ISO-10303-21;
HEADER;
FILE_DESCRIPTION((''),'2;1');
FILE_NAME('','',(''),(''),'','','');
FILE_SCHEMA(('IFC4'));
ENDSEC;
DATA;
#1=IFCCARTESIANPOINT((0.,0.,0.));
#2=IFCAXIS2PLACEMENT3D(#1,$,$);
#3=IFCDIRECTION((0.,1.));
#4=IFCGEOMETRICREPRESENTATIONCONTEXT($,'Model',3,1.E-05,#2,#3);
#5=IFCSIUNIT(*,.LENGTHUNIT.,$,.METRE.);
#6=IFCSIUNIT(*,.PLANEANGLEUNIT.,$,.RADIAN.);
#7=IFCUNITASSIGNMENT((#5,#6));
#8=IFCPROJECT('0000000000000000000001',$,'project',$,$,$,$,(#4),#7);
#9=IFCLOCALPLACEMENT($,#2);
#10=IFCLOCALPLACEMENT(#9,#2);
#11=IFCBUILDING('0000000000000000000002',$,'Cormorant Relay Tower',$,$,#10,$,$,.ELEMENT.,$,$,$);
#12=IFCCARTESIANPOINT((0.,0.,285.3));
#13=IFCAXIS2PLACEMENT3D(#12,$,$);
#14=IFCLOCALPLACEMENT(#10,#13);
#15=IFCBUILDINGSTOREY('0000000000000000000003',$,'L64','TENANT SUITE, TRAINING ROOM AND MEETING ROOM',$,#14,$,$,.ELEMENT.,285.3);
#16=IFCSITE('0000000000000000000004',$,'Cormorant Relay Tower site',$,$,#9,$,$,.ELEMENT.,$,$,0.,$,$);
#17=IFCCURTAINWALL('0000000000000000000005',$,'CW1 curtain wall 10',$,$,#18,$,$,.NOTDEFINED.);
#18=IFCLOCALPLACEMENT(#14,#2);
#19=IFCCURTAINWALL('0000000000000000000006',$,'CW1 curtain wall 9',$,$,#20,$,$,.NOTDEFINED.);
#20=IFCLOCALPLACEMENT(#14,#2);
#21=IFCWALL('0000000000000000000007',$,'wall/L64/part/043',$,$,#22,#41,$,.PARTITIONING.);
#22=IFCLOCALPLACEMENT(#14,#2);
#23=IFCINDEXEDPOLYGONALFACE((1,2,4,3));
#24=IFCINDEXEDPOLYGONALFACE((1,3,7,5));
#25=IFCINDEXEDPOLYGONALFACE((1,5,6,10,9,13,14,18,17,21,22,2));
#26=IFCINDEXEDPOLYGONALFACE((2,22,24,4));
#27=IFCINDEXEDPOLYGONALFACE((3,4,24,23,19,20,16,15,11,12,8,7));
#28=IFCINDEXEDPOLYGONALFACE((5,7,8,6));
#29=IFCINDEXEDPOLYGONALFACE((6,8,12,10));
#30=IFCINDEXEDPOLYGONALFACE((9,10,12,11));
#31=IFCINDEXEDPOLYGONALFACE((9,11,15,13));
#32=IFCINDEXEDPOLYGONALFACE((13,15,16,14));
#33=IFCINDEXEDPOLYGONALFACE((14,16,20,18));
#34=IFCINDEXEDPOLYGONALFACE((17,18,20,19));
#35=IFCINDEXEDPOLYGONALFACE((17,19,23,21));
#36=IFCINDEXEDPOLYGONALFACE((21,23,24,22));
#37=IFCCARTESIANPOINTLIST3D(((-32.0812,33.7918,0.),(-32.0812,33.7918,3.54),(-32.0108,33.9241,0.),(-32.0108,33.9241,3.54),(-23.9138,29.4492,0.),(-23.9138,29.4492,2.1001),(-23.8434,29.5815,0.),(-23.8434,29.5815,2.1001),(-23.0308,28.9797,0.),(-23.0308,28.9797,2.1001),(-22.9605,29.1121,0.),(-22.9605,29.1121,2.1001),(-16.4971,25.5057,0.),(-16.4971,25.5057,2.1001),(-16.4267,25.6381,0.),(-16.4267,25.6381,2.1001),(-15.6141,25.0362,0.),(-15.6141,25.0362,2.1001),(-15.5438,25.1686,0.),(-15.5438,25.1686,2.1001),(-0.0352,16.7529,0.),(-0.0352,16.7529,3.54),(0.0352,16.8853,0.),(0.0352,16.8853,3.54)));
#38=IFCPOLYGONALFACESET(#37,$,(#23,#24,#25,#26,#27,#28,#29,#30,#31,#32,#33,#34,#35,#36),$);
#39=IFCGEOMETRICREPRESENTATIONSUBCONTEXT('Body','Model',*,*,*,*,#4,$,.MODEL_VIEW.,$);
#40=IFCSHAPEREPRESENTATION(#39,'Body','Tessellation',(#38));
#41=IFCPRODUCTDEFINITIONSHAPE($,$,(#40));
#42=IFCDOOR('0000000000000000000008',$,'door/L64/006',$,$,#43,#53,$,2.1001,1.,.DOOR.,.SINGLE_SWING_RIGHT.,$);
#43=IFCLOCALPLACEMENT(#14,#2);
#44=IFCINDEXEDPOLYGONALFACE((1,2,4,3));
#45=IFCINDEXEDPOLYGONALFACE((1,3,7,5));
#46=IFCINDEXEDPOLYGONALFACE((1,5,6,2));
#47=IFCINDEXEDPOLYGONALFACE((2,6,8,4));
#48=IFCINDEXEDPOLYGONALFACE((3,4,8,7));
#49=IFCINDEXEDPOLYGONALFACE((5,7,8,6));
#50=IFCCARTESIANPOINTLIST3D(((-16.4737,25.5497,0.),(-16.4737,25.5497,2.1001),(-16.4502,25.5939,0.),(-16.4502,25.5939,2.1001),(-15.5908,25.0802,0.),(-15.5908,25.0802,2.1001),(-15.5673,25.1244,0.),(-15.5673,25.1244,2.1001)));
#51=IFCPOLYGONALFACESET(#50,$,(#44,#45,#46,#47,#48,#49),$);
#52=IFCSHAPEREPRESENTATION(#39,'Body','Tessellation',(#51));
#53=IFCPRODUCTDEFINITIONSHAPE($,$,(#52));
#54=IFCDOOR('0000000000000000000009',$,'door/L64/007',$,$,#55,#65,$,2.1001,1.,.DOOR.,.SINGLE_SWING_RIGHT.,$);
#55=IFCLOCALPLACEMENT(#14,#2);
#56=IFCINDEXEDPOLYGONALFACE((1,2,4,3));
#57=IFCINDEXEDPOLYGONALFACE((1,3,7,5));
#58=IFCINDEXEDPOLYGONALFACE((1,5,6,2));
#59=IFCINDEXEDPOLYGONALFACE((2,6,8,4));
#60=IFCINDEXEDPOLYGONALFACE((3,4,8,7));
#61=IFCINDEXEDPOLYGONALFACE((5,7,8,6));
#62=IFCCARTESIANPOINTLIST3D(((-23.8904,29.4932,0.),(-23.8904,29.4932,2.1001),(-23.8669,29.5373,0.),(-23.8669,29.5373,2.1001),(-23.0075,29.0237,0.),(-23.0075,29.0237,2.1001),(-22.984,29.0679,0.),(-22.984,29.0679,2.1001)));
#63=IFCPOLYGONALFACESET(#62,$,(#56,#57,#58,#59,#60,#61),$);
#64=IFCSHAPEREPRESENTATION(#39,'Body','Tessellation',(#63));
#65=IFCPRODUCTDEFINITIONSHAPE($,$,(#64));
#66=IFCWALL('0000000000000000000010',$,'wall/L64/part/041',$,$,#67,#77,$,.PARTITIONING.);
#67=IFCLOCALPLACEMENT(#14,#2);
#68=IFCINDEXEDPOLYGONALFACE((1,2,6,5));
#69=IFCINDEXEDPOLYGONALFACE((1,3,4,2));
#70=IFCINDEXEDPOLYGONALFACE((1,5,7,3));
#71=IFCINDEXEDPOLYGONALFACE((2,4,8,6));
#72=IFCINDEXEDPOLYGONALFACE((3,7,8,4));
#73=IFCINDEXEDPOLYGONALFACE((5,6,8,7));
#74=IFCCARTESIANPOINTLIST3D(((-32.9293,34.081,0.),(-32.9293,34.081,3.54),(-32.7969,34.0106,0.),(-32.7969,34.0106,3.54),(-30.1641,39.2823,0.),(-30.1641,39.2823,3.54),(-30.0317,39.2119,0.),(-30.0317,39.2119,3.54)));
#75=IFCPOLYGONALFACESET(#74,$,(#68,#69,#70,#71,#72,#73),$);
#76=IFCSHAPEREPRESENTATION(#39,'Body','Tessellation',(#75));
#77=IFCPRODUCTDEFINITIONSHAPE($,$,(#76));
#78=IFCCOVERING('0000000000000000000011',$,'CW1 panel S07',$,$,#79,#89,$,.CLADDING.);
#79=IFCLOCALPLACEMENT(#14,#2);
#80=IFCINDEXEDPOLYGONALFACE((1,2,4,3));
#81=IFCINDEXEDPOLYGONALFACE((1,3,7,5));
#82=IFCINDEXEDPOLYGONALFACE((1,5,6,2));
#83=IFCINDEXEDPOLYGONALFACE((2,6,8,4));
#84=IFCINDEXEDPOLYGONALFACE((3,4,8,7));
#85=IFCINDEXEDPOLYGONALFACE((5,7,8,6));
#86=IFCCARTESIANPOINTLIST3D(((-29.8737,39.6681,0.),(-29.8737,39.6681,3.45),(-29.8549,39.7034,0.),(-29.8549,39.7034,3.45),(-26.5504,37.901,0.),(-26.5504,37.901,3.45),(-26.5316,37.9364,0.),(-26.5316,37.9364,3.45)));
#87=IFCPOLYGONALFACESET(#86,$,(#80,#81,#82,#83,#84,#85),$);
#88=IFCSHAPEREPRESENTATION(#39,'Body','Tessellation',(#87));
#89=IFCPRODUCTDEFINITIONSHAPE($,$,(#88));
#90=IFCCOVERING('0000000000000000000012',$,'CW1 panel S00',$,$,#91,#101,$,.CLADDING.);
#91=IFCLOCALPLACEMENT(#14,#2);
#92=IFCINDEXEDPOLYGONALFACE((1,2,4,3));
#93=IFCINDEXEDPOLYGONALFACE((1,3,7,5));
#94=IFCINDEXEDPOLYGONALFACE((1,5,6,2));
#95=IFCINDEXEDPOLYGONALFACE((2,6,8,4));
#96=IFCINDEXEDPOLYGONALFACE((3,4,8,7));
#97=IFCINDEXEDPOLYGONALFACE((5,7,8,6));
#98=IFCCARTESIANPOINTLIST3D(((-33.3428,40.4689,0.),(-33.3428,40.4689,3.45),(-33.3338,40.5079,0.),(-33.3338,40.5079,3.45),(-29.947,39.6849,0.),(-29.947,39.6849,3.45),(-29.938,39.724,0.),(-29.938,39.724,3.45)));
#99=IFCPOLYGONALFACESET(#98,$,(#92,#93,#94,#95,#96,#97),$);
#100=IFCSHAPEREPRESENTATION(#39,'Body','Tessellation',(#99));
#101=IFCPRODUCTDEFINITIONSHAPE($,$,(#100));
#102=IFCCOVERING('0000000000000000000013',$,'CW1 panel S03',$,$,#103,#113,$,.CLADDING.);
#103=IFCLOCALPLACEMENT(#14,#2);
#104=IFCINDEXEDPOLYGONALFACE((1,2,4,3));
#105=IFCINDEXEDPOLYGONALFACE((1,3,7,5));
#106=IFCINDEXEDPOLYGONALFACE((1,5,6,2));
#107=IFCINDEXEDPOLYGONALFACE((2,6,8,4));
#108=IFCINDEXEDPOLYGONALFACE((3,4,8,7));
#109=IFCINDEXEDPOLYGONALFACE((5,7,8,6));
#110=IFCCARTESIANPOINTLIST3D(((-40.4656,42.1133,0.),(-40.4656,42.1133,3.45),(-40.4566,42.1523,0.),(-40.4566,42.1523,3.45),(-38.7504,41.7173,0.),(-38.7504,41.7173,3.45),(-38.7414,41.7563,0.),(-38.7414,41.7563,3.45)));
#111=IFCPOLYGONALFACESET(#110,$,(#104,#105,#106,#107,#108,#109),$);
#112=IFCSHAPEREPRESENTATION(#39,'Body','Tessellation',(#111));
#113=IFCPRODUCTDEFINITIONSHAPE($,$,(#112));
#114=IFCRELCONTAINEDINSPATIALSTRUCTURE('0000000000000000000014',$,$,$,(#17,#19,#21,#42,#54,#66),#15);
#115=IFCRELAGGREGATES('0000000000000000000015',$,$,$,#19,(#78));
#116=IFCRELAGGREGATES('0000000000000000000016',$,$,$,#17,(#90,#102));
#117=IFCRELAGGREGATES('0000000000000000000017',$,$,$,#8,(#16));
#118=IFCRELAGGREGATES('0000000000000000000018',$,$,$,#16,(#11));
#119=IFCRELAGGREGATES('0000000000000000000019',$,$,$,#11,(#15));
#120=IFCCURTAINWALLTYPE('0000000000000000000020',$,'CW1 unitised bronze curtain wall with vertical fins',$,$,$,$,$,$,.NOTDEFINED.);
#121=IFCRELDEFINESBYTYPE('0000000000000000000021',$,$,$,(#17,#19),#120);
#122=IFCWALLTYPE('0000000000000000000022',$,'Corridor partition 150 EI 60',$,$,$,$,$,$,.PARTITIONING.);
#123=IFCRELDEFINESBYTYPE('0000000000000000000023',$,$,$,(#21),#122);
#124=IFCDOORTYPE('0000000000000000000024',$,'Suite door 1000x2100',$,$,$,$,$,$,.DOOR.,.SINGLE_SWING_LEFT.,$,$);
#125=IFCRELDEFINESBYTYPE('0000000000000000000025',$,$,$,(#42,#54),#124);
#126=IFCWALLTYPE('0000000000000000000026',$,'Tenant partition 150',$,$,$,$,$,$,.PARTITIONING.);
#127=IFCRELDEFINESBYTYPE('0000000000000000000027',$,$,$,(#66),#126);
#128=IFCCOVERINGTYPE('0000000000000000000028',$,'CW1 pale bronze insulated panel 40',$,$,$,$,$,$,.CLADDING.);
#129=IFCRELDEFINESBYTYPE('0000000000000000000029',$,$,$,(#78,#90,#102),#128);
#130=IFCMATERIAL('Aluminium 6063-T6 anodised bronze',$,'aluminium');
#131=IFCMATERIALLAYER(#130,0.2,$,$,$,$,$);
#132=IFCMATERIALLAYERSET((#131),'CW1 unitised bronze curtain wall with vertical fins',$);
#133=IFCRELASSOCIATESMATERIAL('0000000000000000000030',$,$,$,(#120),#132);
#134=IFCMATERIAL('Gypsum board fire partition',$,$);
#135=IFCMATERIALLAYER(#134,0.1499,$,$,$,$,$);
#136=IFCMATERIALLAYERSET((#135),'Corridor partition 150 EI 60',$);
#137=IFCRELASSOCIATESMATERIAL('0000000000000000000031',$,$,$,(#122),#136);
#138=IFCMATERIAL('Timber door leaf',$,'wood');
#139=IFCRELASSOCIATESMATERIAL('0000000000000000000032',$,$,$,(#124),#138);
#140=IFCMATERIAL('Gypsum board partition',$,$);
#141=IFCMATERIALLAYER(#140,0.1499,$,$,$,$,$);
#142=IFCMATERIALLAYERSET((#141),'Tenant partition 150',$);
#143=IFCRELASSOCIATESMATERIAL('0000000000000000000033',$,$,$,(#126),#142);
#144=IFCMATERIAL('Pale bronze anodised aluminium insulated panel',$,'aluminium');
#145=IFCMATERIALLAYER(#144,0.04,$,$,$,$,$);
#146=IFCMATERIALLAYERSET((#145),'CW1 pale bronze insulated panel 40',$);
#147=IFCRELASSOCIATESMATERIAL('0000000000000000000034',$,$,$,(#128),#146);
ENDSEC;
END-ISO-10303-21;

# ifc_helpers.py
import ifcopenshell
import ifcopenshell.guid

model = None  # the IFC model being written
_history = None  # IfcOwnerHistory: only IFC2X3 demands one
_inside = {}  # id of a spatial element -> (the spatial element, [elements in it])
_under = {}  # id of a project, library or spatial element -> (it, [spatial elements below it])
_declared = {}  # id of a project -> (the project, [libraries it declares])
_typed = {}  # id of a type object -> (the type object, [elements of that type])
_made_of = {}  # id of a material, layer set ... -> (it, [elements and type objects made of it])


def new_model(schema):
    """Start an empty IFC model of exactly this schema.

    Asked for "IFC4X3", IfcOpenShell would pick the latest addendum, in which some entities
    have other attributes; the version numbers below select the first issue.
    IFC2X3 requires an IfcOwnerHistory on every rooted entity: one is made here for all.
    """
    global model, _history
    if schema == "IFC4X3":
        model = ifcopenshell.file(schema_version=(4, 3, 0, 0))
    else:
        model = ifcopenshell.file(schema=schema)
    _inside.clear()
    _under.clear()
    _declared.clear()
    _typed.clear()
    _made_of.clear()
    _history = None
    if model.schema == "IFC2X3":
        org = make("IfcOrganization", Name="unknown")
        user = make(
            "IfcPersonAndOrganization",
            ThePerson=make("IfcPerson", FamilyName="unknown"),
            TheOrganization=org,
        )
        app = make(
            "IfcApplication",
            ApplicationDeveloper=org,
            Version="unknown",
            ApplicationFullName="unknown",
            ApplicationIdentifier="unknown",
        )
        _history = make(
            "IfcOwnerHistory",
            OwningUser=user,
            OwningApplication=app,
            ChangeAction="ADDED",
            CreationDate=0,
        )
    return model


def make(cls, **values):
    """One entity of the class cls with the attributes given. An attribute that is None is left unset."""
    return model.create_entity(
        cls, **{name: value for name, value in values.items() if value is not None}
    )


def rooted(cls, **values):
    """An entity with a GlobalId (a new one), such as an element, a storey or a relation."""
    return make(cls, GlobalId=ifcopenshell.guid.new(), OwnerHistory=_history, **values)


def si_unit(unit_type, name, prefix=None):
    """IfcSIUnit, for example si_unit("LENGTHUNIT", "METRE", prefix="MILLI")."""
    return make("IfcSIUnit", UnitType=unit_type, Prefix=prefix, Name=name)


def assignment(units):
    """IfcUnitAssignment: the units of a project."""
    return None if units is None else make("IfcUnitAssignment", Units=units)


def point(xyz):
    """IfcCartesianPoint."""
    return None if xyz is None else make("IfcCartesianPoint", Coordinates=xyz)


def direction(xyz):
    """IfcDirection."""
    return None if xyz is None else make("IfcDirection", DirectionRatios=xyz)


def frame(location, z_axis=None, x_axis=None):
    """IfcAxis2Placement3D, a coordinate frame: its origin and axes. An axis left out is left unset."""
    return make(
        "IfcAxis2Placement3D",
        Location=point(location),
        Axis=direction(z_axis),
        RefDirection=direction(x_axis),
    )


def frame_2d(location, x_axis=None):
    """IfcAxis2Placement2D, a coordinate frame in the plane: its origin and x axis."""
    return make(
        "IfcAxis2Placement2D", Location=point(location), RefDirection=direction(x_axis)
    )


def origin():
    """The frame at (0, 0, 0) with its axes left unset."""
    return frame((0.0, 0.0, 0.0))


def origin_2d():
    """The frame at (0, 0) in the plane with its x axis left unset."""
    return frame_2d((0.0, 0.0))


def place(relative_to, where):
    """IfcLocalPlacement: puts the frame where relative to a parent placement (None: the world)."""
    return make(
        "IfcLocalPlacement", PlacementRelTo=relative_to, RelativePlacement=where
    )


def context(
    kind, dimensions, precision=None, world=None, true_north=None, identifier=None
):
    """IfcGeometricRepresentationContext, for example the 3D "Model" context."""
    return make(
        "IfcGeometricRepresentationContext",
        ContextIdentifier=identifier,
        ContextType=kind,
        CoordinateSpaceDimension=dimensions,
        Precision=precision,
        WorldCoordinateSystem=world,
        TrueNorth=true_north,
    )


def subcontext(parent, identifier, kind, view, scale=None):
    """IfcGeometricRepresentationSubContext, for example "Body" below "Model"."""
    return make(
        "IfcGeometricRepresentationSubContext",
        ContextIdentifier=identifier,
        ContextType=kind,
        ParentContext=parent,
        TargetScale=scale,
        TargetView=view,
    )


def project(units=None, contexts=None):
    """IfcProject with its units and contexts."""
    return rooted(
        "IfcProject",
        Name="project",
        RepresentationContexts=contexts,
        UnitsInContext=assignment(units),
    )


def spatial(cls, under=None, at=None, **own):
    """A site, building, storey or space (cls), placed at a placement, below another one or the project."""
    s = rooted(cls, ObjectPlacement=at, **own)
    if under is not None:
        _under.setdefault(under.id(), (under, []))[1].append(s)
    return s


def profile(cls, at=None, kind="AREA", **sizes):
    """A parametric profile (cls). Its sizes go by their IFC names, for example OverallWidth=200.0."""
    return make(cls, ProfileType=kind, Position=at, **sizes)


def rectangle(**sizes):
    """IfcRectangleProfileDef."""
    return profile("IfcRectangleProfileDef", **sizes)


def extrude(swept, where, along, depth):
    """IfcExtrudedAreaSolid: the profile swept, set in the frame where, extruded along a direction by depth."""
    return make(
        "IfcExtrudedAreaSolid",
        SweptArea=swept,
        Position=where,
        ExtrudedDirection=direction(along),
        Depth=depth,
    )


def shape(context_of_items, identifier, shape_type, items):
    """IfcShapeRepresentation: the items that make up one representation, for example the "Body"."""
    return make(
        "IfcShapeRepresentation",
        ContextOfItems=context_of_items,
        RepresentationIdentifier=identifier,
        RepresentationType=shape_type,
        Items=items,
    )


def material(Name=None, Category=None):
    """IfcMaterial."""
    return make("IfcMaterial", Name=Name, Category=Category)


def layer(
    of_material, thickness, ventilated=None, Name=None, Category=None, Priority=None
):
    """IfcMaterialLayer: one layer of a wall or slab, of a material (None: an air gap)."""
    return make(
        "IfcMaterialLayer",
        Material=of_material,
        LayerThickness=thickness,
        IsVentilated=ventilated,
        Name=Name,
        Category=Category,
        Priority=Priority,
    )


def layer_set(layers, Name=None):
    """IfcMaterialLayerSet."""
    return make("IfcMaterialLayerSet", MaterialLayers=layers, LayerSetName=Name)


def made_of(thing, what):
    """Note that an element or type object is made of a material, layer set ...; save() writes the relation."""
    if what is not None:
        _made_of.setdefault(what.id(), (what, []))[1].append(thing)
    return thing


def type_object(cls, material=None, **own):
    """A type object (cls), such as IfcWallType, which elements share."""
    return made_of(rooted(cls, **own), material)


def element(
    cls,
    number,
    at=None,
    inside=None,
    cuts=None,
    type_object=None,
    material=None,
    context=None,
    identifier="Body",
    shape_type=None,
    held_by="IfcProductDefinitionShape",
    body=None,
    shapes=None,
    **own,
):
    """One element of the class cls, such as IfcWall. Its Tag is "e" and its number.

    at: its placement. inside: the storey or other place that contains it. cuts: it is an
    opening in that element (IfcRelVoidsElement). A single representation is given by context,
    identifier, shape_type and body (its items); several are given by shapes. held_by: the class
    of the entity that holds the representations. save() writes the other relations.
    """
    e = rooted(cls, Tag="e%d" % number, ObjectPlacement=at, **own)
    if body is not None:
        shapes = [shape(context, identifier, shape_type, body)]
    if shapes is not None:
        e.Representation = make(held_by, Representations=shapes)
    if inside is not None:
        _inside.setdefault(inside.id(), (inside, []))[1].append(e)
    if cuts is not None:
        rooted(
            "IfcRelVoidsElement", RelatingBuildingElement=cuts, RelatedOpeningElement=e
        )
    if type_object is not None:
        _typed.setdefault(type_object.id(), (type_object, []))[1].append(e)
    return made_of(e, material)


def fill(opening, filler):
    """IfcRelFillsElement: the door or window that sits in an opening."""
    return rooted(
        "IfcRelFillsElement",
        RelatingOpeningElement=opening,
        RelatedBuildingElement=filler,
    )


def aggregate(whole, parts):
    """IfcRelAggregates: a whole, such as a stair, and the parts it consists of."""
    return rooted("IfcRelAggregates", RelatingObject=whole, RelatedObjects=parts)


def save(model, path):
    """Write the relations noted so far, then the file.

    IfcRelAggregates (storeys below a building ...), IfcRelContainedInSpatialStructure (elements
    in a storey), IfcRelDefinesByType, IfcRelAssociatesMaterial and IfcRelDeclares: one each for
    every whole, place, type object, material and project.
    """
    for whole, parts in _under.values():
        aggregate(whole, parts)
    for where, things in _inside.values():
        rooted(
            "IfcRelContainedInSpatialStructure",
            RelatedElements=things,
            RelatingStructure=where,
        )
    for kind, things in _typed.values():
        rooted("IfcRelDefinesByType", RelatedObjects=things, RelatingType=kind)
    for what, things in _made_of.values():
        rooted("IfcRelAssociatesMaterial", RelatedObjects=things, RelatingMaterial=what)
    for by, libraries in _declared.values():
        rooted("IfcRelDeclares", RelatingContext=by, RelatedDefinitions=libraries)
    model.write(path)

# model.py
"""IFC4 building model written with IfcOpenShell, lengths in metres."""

from ifc_helpers import new_model, si_unit, direction, frame, frame_2d, origin, origin_2d, place, context, subcontext, project, spatial, rectangle, extrude, material, layer, layer_set, type_object, element, fill, aggregate, save


model = new_model("IFC4")

# Units and contexts
model_context = context("Model", 3, precision=1e-05, world=origin(), true_north=direction((0.0, 1.0)))
body_context = subcontext(model_context, "Body", "Model", "MODEL_VIEW")
ifc_project = project(units=[si_unit("LENGTHUNIT", "METRE"), si_unit("PLANEANGLEUNIT", "RADIAN")], contexts=[model_context])

# Site, building, storey
site_placement = place(None, origin())
site = spatial("IfcSite", under=ifc_project, at=site_placement, Name="Cormorant Relay Tower site", CompositionType="ELEMENT", RefElevation=0.0)
building_placement = place(site_placement, origin())
building = spatial("IfcBuilding", under=site, at=building_placement, Name="Cormorant Relay Tower", CompositionType="ELEMENT")
storey_placement = place(building_placement, frame((0.0, 0.0, 285.3)))
storey = spatial("IfcBuildingStorey", under=building, at=storey_placement, Name="L64", Description="TENANT SUITE, TRAINING ROOM AND MEETING ROOM", CompositionType="ELEMENT", Elevation=285.3)

# Curtain wall
ifc_material_1 = material(Name="Aluminium 6063-T6 anodised bronze", Category="aluminium")
ifc_layer_1 = layer(ifc_material_1, 0.2)
ifc_layer_set_1 = layer_set([ifc_layer_1], Name="CW1 unitised bronze curtain wall with vertical fins")
curtain_wall_type = type_object("IfcCurtainWallType", Name="CW1 unitised bronze curtain wall with vertical fins", PredefinedType="NOTDEFINED", material=ifc_layer_set_1)
curtain_wall_1_placement = place(storey_placement, origin())
curtain_wall_1 = element("IfcCurtainWall", 1, at=curtain_wall_1_placement, inside=storey, type_object=curtain_wall_type, Name="CW1 curtain wall 10", PredefinedType="NOTDEFINED")

# Curtain wall
curtain_wall_2_placement = place(storey_placement, origin())
curtain_wall_2 = element("IfcCurtainWall", 2, at=curtain_wall_2_placement, inside=storey, type_object=curtain_wall_type, Name="CW1 curtain wall 9", PredefinedType="NOTDEFINED")

# Shared definitions
ifc_material_2 = material(Name="Gypsum board fire partition")
ifc_layer_2 = layer(ifc_material_2, 0.1499)
ifc_layer_set_2 = layer_set([ifc_layer_2], Name="Corridor partition 150 EI 60")
wall_type_1 = type_object("IfcWallType", Name="Corridor partition 150 EI 60", PredefinedType="PARTITIONING", material=ifc_layer_set_2)

# Shared definitions
ifc_material_3 = material(Name="Timber door leaf", Category="wood")
door_type_1 = type_object("IfcDoorType", Name="Suite door 1000x2100", OperationType="SINGLE_SWING_LEFT", PredefinedType="DOOR", material=ifc_material_3)

# Wall, openings, doors
wall_1_placement = place(storey_placement, frame((-32.0459, 33.8579, 0.0), z_axis=(0.0, 0.0, 1.0), x_axis=(0.882951, -0.469465, 0.0)))
wall_1 = element("IfcWall", 3, at=wall_1_placement, inside=storey, type_object=wall_type_1, Name="wall/L64/part/043", PredefinedType="PARTITIONING", context=body_context, shape_type="SweptSolid", body=[
    extrude(rectangle(XDim=36.2942, YDim=0.1499, at=frame_2d((18.147, 0.0))), origin(), (0.0, 0.0, 1.0), 3.54),
])
opening_1_placement = place(wall_1_placement, frame((17.6499, 0.0, 0.0)))
opening_1 = element("IfcOpeningElement", 4, at=opening_1_placement, cuts=wall_1, PredefinedType="OPENING", context=body_context, shape_type="SweptSolid", body=[
    extrude(rectangle(XDim=1.0, YDim=2.1001, at=frame_2d((0.5, 1.05))), frame((0.0, 0.085, 0.0), z_axis=(0.0, -1.0, 0.0), x_axis=(1.0, 0.0, 0.0)), (0.0, 0.0, 1.0), 0.1699),
])
opening_2_placement = place(wall_1_placement, frame((9.25, 0.0, 0.0)))
opening_2 = element("IfcOpeningElement", 5, at=opening_2_placement, cuts=wall_1, PredefinedType="OPENING", context=body_context, shape_type="SweptSolid", body=[
    extrude(rectangle(XDim=1.0, YDim=2.1001, at=frame_2d((0.5, 1.05))), frame((0.0, 0.085, 0.0), z_axis=(0.0, -1.0, 0.0), x_axis=(1.0, 0.0, 0.0)), (0.0, 0.0, 1.0), 0.1699),
])
door_1_placement = place(opening_1_placement, origin())
door_1 = element("IfcDoor", 6, at=door_1_placement, inside=storey, type_object=door_type_1, Name="door/L64/006", OperationType="SINGLE_SWING_RIGHT", OverallHeight=2.1001, OverallWidth=1.0, PredefinedType="DOOR", context=body_context, shape_type="SweptSolid", body=[
    extrude(rectangle(XDim=1.0, YDim=2.1001, at=frame_2d((0.5, 1.05))), frame((0.0, 0.0249, 0.0), z_axis=(0.0, -1.0, 0.0), x_axis=(1.0, 0.0, 0.0)), (0.0, 0.0, 1.0), 0.05),
])
fill(opening_1, door_1)
door_2_placement = place(opening_2_placement, origin())
door_2 = element("IfcDoor", 7, at=door_2_placement, inside=storey, type_object=door_type_1, Name="door/L64/007", OperationType="SINGLE_SWING_RIGHT", OverallHeight=2.1001, OverallWidth=1.0, PredefinedType="DOOR", context=body_context, shape_type="SweptSolid", body=[
    extrude(rectangle(XDim=1.0, YDim=2.1001, at=frame_2d((0.5, 1.05))), frame((0.0, 0.0249, 0.0), z_axis=(0.0, -1.0, 0.0), x_axis=(1.0, 0.0, 0.0)), (0.0, 0.0, 1.0), 0.05),
])
fill(opening_2, door_2)

# Wall
ifc_material_4 = material(Name="Gypsum board partition")
ifc_layer_3 = layer(ifc_material_4, 0.1499)
ifc_layer_set_3 = layer_set([ifc_layer_3], Name="Tenant partition 150")
wall_type_2 = type_object("IfcWallType", Name="Tenant partition 150", PredefinedType="PARTITIONING", material=ifc_layer_set_3)
wall_2_placement = place(storey_placement, frame((-30.0979, 39.2471, 0.0), z_axis=(0.0, 0.0, 1.0), x_axis=(-0.469422, -0.882974, 0.0)))
element("IfcWall", 8, at=wall_2_placement, inside=storey, type_object=wall_type_2, Name="wall/L64/part/041", PredefinedType="PARTITIONING", context=body_context, shape_type="SweptSolid", body=[
    extrude(rectangle(XDim=5.8906, YDim=0.1499, at=frame_2d((2.9453, 0.0))), origin(), (0.0, 0.0, 1.0), 3.54),
])

# Coverings
ifc_material_5 = material(Name="Pale bronze anodised aluminium insulated panel", Category="aluminium")
ifc_layer_4 = layer(ifc_material_5, 0.04)
ifc_layer_set_4 = layer_set([ifc_layer_4], Name="CW1 pale bronze insulated panel 40")
covering_type = type_object("IfcCoveringType", Name="CW1 pale bronze insulated panel 40", PredefinedType="CLADDING", material=ifc_layer_set_4)
covering_1_placement = place(storey_placement, frame((-28.2026, 38.8022, 0.0), z_axis=(0.0, 0.0, 1.0), x_axis=(-0.882948, 0.469472, 0.0)))
covering_1 = element("IfcCovering", 9, at=covering_1_placement, type_object=covering_type, Name="CW1 panel S07", PredefinedType="CLADDING", context=body_context, shape_type="SweptSolid", body=[
    extrude(rectangle(XDim=3.7639, YDim=0.04, at=origin_2d()), origin(), (0.0, 0.0, 1.0), 3.45),
])
aggregate(curtain_wall_2, [covering_1])
covering_2_placement = place(storey_placement, frame((-31.6404, 40.0964, 0.0), z_axis=(0.0, 0.0, 1.0), x_axis=(-0.97437, 0.224951, 0.0)))
covering_2 = element("IfcCovering", 10, at=covering_2_placement, type_object=covering_type, Name="CW1 panel S00", PredefinedType="CLADDING", context=body_context, shape_type="SweptSolid", body=[
    extrude(rectangle(XDim=3.4851, YDim=0.04, at=origin_2d()), origin(), (0.0, 0.0, 1.0), 3.45),
])
covering_3_placement = place(storey_placement, frame((-39.6035, 41.9348, 0.0), z_axis=(0.0, 0.0, 1.0), x_axis=(-0.97437, 0.224951, 0.0)))
covering_3 = element("IfcCovering", 11, at=covering_3_placement, type_object=covering_type, Name="CW1 panel S03", PredefinedType="CLADDING", context=body_context, shape_type="SweptSolid", body=[
    extrude(rectangle(XDim=1.7603, YDim=0.04, at=origin_2d()), origin(), (0.0, 0.0, 1.0), 3.45),
])
aggregate(curtain_wall_1, [covering_2, covering_3])

save(model, "model.ifc")
